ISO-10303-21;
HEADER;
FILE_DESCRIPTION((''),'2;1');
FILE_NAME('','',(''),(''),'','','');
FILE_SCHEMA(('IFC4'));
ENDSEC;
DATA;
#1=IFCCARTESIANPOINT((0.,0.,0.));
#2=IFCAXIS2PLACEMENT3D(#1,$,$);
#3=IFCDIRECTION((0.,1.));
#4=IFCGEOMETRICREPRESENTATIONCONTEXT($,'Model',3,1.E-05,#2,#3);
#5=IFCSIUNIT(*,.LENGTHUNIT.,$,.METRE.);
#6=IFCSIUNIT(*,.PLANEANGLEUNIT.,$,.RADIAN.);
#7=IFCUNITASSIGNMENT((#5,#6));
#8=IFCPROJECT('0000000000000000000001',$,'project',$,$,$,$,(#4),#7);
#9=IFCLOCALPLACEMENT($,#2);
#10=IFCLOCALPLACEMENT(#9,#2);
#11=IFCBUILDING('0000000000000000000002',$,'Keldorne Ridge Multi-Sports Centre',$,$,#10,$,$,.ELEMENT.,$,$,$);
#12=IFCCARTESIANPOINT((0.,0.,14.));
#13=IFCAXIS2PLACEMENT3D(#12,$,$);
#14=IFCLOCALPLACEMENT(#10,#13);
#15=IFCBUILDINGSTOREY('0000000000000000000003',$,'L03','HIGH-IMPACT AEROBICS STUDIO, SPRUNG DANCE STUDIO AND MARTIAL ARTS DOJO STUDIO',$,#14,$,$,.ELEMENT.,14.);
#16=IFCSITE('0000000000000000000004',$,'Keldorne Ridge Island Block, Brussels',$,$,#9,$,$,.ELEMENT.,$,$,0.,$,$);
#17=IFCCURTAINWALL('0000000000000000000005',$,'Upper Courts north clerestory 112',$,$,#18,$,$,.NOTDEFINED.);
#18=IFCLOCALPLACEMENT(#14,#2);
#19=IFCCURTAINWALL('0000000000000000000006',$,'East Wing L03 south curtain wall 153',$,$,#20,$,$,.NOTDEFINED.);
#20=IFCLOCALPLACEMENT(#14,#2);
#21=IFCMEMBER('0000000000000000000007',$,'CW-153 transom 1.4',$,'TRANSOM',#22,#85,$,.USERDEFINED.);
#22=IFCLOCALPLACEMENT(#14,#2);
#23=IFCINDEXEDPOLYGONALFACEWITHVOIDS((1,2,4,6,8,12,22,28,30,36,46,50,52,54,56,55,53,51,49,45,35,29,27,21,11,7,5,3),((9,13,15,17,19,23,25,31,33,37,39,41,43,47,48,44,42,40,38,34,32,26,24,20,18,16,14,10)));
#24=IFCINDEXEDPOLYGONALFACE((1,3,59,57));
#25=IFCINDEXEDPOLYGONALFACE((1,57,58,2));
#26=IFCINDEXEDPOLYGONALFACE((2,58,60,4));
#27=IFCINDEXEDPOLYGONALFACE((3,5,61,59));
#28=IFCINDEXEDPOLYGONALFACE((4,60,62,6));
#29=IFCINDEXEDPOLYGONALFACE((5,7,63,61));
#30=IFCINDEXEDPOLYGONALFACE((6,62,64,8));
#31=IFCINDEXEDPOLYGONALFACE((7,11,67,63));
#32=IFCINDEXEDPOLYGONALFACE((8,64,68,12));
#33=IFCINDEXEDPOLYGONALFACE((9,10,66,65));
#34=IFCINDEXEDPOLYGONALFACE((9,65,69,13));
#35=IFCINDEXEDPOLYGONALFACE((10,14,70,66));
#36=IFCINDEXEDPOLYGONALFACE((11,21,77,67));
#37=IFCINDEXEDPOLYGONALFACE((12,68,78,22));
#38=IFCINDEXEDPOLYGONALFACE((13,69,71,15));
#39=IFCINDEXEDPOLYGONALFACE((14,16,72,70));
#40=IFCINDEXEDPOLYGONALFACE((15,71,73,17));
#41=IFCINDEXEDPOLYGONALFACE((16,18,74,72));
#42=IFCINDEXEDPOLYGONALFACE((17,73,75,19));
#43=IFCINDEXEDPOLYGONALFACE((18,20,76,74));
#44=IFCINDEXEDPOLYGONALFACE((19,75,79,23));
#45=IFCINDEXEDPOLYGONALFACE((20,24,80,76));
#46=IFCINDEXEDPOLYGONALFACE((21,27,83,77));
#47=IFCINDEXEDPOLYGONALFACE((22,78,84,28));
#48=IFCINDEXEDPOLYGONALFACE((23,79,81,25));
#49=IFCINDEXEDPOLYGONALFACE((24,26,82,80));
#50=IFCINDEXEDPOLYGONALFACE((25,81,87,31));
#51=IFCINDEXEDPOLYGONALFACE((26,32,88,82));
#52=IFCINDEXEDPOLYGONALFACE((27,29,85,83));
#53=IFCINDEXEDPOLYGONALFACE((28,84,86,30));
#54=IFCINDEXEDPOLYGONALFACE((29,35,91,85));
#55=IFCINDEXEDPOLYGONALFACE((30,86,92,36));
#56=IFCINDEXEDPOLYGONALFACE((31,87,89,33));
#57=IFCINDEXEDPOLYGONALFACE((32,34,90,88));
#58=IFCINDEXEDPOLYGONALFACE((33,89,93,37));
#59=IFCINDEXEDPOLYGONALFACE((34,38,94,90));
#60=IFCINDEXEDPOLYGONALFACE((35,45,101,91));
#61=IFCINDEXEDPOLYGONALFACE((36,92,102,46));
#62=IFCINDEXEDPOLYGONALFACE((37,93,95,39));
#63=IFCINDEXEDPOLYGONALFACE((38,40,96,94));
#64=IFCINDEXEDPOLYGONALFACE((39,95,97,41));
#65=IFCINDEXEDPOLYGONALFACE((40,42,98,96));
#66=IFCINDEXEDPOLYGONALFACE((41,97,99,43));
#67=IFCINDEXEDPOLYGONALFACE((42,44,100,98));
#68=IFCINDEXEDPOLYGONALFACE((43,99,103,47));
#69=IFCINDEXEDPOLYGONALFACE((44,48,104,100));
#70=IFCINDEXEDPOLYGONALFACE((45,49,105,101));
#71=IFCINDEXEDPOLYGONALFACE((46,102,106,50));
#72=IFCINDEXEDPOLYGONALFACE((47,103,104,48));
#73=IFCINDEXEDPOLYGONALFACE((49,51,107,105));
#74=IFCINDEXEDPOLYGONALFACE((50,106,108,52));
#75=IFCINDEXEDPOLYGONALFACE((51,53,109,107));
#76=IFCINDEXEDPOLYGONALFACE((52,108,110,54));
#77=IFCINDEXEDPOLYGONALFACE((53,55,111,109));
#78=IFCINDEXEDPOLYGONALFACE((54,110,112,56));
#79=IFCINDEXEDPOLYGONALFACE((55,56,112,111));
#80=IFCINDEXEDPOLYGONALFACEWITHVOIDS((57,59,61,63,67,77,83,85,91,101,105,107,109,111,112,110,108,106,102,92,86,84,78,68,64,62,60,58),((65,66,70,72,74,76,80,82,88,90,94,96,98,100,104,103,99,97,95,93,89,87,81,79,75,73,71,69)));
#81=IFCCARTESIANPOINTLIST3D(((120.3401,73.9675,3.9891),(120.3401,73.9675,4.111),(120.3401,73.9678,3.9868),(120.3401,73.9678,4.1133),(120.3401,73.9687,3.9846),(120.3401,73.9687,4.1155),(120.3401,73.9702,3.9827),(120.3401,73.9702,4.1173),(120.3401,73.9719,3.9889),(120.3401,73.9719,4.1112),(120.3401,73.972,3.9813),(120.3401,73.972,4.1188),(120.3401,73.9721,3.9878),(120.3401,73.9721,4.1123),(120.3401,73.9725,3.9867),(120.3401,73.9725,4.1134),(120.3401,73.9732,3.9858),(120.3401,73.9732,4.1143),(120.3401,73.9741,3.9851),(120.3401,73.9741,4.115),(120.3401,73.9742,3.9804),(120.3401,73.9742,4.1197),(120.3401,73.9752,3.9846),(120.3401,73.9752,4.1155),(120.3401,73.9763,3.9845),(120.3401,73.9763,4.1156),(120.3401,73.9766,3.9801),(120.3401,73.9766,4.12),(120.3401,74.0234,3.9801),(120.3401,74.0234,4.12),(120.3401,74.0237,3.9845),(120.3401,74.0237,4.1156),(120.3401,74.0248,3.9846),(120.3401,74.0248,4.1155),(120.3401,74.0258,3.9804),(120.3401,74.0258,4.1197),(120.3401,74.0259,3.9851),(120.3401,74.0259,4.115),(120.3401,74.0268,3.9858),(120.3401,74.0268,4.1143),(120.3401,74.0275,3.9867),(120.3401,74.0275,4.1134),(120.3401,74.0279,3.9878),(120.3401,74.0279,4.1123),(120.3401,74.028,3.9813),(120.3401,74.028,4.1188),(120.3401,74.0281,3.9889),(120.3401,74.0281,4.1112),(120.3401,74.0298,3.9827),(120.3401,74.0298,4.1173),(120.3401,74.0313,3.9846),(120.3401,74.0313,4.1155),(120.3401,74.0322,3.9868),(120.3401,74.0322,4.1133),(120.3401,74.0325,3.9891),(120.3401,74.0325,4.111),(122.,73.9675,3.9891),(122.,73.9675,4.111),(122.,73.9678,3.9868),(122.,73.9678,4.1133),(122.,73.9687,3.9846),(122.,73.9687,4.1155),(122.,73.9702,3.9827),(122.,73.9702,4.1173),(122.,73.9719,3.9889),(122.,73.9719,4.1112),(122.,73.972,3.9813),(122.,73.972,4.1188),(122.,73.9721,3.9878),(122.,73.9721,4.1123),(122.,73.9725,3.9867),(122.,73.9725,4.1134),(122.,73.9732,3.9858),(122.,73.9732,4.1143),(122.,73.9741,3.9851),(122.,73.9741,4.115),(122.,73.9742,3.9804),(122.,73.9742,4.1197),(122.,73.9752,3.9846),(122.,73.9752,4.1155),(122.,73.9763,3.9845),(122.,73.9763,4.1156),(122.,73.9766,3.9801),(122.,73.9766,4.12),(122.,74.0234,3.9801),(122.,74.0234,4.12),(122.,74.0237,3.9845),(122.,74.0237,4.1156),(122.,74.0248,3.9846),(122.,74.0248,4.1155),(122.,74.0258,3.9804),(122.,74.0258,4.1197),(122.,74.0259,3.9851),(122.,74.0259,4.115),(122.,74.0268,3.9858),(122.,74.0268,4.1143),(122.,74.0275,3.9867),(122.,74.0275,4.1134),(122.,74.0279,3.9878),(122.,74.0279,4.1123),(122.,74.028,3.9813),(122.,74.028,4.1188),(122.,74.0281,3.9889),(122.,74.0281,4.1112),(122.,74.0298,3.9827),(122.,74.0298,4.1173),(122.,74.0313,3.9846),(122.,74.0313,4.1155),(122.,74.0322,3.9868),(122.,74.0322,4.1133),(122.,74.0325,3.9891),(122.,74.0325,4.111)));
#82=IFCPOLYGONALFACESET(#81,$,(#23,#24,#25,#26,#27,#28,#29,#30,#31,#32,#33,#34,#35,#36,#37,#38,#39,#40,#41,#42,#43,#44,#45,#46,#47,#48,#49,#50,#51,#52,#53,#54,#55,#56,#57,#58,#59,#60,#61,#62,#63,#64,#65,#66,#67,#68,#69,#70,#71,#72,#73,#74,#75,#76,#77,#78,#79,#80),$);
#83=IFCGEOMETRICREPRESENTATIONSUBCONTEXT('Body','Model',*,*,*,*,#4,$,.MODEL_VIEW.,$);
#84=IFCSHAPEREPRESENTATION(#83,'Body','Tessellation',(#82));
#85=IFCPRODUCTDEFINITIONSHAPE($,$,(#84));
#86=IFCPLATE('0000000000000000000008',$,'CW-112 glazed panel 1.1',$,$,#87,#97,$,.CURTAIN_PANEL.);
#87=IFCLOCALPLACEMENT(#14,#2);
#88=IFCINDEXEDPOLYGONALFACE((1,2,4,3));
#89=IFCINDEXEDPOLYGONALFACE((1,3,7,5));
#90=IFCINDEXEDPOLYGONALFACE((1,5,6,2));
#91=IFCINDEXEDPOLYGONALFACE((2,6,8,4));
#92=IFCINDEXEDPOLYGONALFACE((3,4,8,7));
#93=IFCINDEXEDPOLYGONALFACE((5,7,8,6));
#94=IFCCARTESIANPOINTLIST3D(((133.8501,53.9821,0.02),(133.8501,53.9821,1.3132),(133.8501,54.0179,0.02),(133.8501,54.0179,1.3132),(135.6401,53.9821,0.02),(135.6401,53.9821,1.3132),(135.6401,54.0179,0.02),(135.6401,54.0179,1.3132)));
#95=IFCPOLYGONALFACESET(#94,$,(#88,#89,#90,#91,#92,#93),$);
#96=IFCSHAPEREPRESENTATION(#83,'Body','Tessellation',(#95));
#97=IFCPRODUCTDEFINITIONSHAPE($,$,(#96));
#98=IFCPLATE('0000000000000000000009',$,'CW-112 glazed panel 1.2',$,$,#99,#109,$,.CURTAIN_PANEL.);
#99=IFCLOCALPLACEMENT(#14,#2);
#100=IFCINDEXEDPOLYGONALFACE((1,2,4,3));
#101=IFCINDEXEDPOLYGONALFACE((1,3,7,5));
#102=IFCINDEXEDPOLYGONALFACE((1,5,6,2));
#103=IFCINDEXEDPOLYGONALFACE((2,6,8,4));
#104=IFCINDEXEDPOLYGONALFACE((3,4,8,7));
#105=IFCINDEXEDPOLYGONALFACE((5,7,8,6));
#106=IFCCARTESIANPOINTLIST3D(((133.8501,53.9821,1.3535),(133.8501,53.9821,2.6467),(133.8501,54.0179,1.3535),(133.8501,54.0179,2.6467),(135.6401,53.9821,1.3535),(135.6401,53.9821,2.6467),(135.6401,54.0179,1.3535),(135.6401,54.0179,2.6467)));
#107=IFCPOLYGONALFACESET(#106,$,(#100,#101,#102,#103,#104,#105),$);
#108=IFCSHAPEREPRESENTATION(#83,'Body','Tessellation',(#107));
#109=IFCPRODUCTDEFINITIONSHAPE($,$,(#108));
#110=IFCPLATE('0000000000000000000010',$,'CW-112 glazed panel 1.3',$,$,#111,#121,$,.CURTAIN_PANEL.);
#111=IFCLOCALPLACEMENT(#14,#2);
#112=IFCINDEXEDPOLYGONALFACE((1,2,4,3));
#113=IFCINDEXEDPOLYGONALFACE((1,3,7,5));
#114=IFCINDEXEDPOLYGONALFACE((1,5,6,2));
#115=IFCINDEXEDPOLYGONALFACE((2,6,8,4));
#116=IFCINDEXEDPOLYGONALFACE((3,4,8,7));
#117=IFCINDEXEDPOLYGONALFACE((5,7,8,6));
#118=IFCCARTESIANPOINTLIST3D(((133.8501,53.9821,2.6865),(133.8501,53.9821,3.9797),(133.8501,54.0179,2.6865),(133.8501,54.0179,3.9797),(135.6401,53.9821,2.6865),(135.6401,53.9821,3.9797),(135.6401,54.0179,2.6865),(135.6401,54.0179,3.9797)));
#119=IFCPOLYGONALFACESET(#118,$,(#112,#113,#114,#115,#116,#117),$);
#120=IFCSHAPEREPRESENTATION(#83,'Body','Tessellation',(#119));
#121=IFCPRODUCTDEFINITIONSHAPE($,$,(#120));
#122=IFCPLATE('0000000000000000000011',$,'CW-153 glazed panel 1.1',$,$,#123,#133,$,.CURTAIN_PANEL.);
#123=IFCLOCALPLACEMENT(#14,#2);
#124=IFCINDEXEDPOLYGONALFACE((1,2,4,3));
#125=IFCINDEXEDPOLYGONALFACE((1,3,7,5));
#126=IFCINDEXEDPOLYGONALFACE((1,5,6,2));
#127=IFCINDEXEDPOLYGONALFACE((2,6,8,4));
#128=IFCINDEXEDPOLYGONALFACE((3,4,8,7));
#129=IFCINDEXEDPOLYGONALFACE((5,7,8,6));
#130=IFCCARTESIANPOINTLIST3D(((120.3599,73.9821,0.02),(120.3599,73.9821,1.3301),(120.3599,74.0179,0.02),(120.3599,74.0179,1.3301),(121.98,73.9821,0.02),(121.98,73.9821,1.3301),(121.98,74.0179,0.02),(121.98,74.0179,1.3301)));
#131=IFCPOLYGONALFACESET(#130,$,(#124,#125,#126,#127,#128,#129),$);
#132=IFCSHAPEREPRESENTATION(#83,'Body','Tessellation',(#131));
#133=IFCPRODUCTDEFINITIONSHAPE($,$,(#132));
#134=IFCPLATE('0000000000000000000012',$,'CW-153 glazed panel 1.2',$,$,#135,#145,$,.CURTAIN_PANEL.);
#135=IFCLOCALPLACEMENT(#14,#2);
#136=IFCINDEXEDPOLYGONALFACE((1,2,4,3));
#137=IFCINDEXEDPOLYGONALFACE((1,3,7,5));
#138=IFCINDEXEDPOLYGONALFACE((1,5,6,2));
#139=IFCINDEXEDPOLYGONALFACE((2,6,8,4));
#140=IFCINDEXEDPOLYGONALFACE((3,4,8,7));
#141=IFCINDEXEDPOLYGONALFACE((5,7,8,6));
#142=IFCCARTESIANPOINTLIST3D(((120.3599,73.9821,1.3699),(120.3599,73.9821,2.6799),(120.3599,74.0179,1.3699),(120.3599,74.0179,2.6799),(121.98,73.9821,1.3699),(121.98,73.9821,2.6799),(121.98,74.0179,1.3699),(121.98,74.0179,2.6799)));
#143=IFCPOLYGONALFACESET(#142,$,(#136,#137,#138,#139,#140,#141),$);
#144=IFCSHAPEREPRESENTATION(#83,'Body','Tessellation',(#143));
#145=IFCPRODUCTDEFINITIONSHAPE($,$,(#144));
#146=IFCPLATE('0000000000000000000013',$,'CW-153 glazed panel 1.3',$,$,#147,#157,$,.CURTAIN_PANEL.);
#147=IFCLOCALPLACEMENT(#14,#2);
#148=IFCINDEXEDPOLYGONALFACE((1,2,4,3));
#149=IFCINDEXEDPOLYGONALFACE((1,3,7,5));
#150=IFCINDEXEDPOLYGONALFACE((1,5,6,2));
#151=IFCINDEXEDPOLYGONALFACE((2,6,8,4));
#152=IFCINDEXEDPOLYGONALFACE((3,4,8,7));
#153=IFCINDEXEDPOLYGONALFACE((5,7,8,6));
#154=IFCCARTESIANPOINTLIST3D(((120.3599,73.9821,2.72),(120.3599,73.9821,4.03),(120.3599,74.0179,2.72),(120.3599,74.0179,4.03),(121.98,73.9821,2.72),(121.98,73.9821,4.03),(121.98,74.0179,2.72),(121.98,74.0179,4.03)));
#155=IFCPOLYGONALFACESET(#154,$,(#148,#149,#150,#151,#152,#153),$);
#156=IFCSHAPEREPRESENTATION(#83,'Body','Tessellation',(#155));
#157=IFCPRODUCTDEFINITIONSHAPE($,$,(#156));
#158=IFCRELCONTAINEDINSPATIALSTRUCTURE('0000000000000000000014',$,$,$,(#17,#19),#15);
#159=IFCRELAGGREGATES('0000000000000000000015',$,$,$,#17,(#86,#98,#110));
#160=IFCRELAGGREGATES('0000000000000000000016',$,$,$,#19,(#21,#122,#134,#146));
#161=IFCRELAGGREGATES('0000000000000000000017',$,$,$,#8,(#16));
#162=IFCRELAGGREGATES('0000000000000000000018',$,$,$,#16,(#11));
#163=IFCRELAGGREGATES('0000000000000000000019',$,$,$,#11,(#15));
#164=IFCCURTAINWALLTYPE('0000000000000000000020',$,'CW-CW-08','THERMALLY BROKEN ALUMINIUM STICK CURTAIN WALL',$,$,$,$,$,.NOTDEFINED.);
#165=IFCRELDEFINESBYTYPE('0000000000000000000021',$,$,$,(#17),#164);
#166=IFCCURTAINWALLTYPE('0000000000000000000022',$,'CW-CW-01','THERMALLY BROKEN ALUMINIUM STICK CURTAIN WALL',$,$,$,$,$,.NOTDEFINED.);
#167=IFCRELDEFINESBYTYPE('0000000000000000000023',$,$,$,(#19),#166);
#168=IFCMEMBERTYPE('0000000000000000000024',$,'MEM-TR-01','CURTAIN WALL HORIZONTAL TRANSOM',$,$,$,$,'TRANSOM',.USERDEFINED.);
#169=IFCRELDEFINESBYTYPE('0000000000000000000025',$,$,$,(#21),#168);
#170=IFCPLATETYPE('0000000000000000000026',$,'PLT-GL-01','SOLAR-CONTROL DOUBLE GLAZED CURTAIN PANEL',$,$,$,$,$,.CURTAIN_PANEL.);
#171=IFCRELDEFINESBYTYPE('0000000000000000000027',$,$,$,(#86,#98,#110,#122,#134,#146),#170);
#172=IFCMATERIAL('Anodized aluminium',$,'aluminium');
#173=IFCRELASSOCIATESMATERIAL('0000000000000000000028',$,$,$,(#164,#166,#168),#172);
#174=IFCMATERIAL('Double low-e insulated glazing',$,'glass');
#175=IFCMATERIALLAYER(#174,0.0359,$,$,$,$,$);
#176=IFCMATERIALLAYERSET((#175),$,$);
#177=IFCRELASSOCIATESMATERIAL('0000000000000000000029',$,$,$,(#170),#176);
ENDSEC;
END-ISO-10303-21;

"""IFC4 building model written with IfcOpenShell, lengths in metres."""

from ifc_helpers import new_model, si_unit, direction, frame, origin, origin_2d, place, context, subcontext, project, spatial, rectangle, hollow_rectangle, extrude, material, layer, layer_set, material_profile, profile_set, type_object, element, aggregate, save


model = new_model("IFC4")

# Units and contexts
model_context = context("Model", 3, precision=1e-05, world=origin(), true_north=direction((0.0, 1.0)))
body_context = subcontext(model_context, "Body", "Model", "MODEL_VIEW")
ifc_project = project(units=[si_unit("LENGTHUNIT", "METRE"), si_unit("PLANEANGLEUNIT", "RADIAN")], contexts=[model_context])

# Site, building, storey
site_placement = place(None, origin())
site = spatial("IfcSite", under=ifc_project, at=site_placement, Name="Keldorne Ridge Island Block, Brussels", CompositionType="ELEMENT", RefElevation=0.0)
building_placement = place(site_placement, origin())
building = spatial("IfcBuilding", under=site, at=building_placement, Name="Keldorne Ridge Multi-Sports Centre", CompositionType="ELEMENT")
storey_placement = place(building_placement, frame((0.0, 0.0, 14.0)))
storey = spatial("IfcBuildingStorey", under=building, at=storey_placement, Name="L03", Description="HIGH-IMPACT AEROBICS STUDIO, SPRUNG DANCE STUDIO AND MARTIAL ARTS DOJO STUDIO", CompositionType="ELEMENT", Elevation=14.0)

# Curtain wall
ifc_material_1 = material(Name="Anodized aluminium", Category="aluminium")
curtain_wall_type_1 = type_object("IfcCurtainWallType", Name="CW-CW-08", Description="THERMALLY BROKEN ALUMINIUM STICK CURTAIN WALL", PredefinedType="NOTDEFINED", material=ifc_material_1)
curtain_wall_1_placement = place(storey_placement, origin())
curtain_wall_1 = element("IfcCurtainWall", 1, at=curtain_wall_1_placement, inside=storey, type_object=curtain_wall_type_1, Name="Upper Courts north clerestory 112", PredefinedType="NOTDEFINED")

# Curtain wall
curtain_wall_type_2 = type_object("IfcCurtainWallType", Name="CW-CW-01", Description="THERMALLY BROKEN ALUMINIUM STICK CURTAIN WALL", PredefinedType="NOTDEFINED", material=ifc_material_1)
curtain_wall_2_placement = place(storey_placement, origin())
curtain_wall_2 = element("IfcCurtainWall", 2, at=curtain_wall_2_placement, inside=storey, type_object=curtain_wall_type_2, Name="East Wing L03 south curtain wall 153", PredefinedType="NOTDEFINED")

# Member
ifc_material_profile_1 = material_profile(ifc_material_1, hollow_rectangle(XDim=0.0649, YDim=0.1399, WallThickness=0.0044, InnerFilletRadius=0.0044, OuterFilletRadius=0.009, at=origin_2d()), Name="ALU TRANSOM 140x65x4.5")
ifc_profile_set_1 = profile_set([ifc_material_profile_1], Name="Anodized aluminium")
member_type_1 = type_object("IfcMemberType", Name="MEM-TR-01", Description="CURTAIN WALL HORIZONTAL TRANSOM", ElementType="TRANSOM", PredefinedType="USERDEFINED", material=ifc_profile_set_1)
member_1_placement = place(storey_placement, frame((120.3401, 74.0, 4.05), z_axis=(1.0, 0.0, 0.0), x_axis=(0.0, 1.0, 0.0)))
member_1 = element("IfcMember", 3, at=member_1_placement, type_object=member_type_1, Name="CW-153 transom 1.4", ObjectType="TRANSOM", PredefinedType="USERDEFINED", context=body_context, shape_type="SweptSolid", body=[
    extrude(hollow_rectangle(XDim=0.0649, YDim=0.1399, WallThickness=0.0044, InnerFilletRadius=0.0044, OuterFilletRadius=0.009, at=origin_2d()), origin(), (0.0, 0.0, 1.0), 1.6599),
])

# Plates
ifc_material_2 = material(Name="Double low-e insulated glazing", Category="glass")
ifc_layer = layer(ifc_material_2, 0.0359)
ifc_layer_set = layer_set([ifc_layer])
plate_type = type_object("IfcPlateType", Name="PLT-GL-01", Description="SOLAR-CONTROL DOUBLE GLAZED CURTAIN PANEL", PredefinedType="CURTAIN_PANEL", material=ifc_layer_set)
plate_1_placement = place(storey_placement, frame((134.7451, 54.0, 0.02), z_axis=(0.0, 0.0, 1.0), x_axis=(-1.0, 0.0, 0.0)))
plate_1 = element("IfcPlate", 4, at=plate_1_placement, type_object=plate_type, Name="CW-112 glazed panel 1.1", PredefinedType="CURTAIN_PANEL", context=body_context, shape_type="SweptSolid", body=[
    extrude(rectangle(XDim=1.79, YDim=0.0359, at=origin_2d()), origin(), (0.0, 0.0, 1.0), 1.2932),
])
plate_2_placement = place(storey_placement, frame((134.7451, 54.0, 1.3535), z_axis=(0.0, 0.0, 1.0), x_axis=(-1.0, 0.0, 0.0)))
plate_2 = element("IfcPlate", 5, at=plate_2_placement, type_object=plate_type, Name="CW-112 glazed panel 1.2", PredefinedType="CURTAIN_PANEL", context=body_context, shape_type="SweptSolid", body=[
    extrude(rectangle(XDim=1.79, YDim=0.0359, at=origin_2d()), origin(), (0.0, 0.0, 1.0), 1.2932),
])
plate_3_placement = place(storey_placement, frame((134.7451, 54.0, 2.6865), z_axis=(0.0, 0.0, 1.0), x_axis=(-1.0, 0.0, 0.0)))
plate_3 = element("IfcPlate", 6, at=plate_3_placement, type_object=plate_type, Name="CW-112 glazed panel 1.3", PredefinedType="CURTAIN_PANEL", context=body_context, shape_type="SweptSolid", body=[
    extrude(rectangle(XDim=1.79, YDim=0.0359, at=origin_2d()), origin(), (0.0, 0.0, 1.0), 1.2932),
])
aggregate(curtain_wall_1, [plate_1, plate_2, plate_3])
plate_4_placement = place(storey_placement, frame((121.1699, 74.0, 0.02), z_axis=(0.0, 0.0, 1.0), x_axis=(1.0, 0.0, 0.0)))
plate_4 = element("IfcPlate", 7, at=plate_4_placement, type_object=plate_type, Name="CW-153 glazed panel 1.1", PredefinedType="CURTAIN_PANEL", context=body_context, shape_type="SweptSolid", body=[
    extrude(rectangle(XDim=1.6201, YDim=0.0359, at=origin_2d()), origin(), (0.0, 0.0, 1.0), 1.3101),
])
plate_5_placement = place(storey_placement, frame((121.1699, 74.0, 1.3699), z_axis=(0.0, 0.0, 1.0), x_axis=(1.0, 0.0, 0.0)))
plate_5 = element("IfcPlate", 8, at=plate_5_placement, type_object=plate_type, Name="CW-153 glazed panel 1.2", PredefinedType="CURTAIN_PANEL", context=body_context, shape_type="SweptSolid", body=[
    extrude(rectangle(XDim=1.6201, YDim=0.0359, at=origin_2d()), origin(), (0.0, 0.0, 1.0), 1.3101),
])
plate_6_placement = place(storey_placement, frame((121.1699, 74.0, 2.72), z_axis=(0.0, 0.0, 1.0), x_axis=(1.0, 0.0, 0.0)))
plate_6 = element("IfcPlate", 9, at=plate_6_placement, type_object=plate_type, Name="CW-153 glazed panel 1.3", PredefinedType="CURTAIN_PANEL", context=body_context, shape_type="SweptSolid", body=[
    extrude(rectangle(XDim=1.6201, YDim=0.0359, at=origin_2d()), origin(), (0.0, 0.0, 1.0), 1.3101),
])
aggregate(curtain_wall_2, [member_1, plate_4, plate_5, plate_6])

save(model, "model.ifc")
